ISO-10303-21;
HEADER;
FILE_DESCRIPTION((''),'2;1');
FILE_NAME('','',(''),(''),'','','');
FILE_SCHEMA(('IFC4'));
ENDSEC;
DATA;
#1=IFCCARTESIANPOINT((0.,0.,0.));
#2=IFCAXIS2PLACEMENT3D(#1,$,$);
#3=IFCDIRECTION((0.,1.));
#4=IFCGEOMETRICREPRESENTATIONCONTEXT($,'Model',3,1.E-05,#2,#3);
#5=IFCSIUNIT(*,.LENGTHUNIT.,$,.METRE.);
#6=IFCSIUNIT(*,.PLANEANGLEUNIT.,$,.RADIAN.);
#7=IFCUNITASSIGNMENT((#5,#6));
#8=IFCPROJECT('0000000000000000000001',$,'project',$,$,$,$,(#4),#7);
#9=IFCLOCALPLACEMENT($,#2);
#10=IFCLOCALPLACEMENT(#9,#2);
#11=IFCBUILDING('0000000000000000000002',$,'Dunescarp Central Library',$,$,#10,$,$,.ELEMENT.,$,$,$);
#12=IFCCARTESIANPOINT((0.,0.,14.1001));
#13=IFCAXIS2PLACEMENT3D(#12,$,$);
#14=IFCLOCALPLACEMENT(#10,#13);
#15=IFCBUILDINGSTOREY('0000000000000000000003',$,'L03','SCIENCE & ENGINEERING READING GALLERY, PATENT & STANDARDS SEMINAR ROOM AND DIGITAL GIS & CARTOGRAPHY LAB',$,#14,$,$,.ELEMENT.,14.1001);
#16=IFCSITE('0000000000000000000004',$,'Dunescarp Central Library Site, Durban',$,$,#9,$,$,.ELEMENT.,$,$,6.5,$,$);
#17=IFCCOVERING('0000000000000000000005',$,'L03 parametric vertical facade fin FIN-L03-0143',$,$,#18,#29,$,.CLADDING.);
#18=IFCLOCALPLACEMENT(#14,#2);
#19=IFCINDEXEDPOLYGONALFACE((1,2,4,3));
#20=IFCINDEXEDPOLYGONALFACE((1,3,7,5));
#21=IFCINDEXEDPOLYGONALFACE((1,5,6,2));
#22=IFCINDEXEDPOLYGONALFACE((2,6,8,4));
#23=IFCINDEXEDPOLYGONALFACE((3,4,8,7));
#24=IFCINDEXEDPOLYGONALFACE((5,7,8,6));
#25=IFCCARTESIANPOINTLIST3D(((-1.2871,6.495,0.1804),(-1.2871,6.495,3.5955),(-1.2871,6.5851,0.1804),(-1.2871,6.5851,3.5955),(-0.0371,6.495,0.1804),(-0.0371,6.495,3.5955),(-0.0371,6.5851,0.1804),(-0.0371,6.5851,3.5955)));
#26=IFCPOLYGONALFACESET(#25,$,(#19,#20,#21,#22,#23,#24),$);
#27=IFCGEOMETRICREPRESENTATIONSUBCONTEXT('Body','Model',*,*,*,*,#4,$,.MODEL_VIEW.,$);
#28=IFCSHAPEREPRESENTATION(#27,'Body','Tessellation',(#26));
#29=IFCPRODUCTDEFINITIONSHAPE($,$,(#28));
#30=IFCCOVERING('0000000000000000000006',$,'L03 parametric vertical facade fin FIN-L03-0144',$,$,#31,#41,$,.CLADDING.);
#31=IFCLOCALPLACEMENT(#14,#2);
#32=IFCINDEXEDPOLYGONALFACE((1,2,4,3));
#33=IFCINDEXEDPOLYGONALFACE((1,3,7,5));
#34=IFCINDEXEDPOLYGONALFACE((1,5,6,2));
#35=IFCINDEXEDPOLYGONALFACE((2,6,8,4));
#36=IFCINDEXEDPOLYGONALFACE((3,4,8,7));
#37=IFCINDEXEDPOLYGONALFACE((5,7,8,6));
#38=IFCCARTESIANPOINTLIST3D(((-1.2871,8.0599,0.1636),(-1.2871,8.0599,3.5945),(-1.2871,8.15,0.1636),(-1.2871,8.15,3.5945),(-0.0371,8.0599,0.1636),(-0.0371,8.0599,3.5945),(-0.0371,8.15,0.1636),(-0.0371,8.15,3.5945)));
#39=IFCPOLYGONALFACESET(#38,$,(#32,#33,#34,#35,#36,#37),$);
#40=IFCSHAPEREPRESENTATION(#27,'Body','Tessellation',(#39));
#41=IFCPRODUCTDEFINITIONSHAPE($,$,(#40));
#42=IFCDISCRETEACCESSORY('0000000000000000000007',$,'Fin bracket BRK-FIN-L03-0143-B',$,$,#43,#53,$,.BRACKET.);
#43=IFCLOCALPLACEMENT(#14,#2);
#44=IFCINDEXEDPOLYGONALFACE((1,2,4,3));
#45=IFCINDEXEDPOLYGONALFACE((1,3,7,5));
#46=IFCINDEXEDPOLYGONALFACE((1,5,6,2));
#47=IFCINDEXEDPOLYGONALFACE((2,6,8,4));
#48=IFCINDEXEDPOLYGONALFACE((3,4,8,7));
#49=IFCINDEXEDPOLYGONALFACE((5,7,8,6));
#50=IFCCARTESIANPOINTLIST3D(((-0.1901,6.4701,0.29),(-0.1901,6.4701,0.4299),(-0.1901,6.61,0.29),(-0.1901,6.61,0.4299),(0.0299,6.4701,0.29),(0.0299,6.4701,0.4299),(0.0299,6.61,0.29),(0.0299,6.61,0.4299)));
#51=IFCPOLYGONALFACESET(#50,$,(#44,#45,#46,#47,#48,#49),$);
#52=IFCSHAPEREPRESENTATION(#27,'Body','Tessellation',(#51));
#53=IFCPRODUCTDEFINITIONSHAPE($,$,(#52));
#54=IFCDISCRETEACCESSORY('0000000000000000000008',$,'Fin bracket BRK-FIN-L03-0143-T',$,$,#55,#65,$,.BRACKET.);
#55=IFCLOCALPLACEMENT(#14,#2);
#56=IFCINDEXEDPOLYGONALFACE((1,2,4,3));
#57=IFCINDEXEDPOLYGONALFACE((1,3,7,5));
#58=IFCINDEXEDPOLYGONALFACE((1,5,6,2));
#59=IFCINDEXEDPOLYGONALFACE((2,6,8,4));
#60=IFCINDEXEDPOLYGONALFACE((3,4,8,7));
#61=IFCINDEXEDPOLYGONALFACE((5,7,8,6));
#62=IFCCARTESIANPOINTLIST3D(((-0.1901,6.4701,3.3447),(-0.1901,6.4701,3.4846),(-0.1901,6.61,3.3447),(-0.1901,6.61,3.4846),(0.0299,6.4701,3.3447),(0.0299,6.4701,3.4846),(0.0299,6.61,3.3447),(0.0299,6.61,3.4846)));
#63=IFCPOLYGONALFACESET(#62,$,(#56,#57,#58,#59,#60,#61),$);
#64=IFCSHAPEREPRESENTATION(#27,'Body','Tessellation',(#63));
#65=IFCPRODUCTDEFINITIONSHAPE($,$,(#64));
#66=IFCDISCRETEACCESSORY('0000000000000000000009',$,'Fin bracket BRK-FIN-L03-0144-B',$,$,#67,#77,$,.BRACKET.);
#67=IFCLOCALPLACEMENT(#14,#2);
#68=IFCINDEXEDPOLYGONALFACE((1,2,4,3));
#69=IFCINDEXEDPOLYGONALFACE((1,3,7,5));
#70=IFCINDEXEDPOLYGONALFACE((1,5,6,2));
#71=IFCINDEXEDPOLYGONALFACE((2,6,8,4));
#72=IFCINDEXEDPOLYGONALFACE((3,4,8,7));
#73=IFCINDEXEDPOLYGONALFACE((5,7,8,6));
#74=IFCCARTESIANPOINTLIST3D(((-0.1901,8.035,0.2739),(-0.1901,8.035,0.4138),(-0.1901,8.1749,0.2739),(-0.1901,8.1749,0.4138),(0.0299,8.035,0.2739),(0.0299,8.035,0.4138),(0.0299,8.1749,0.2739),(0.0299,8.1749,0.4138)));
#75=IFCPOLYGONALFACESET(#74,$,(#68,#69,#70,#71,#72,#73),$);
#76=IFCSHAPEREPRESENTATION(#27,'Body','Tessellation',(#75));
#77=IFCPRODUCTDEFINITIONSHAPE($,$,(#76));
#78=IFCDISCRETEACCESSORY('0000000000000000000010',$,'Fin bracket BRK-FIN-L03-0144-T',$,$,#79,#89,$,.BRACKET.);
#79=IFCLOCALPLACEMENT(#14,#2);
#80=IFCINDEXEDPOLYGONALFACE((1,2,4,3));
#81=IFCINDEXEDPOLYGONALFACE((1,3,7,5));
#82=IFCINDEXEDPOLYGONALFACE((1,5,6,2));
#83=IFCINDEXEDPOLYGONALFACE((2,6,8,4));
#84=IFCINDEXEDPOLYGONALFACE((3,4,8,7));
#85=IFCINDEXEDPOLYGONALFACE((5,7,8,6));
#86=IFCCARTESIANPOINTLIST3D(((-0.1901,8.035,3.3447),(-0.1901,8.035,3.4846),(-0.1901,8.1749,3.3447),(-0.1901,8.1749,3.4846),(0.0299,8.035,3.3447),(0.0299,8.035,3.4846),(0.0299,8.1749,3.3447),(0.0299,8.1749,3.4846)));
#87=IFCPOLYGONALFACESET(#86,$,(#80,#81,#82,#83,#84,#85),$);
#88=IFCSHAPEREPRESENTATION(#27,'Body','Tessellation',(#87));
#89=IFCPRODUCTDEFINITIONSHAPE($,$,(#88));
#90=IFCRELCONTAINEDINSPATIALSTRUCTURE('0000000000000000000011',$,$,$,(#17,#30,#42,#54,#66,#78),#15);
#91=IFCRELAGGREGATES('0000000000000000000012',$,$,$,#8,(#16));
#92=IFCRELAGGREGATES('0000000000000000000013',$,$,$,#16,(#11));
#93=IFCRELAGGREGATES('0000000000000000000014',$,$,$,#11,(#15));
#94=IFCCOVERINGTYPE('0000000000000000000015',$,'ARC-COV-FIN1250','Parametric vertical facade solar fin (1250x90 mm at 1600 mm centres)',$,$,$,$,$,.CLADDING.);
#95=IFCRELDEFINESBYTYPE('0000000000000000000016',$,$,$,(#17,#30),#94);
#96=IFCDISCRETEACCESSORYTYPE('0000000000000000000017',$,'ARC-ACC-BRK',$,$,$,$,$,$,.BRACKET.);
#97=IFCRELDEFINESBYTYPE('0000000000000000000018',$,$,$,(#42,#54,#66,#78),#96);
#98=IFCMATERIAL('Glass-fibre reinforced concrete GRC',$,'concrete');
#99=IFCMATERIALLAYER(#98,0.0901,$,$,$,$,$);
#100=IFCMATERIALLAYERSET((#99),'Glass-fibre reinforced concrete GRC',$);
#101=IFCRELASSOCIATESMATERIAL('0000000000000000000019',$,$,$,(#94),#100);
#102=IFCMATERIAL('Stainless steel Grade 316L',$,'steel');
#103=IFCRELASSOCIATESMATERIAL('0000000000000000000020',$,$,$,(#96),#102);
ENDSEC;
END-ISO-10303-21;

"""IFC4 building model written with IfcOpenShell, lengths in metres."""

from ifc_helpers import new_model, si_unit, direction, frame, origin, origin_2d, place, context, subcontext, project, spatial, rectangle, extrude, material, layer, layer_set, type_object, element, save


model = new_model("IFC4")

# Units and contexts
model_context = context("Model", 3, precision=1e-05, world=origin(), true_north=direction((0.0, 1.0)))
body_context = subcontext(model_context, "Body", "Model", "MODEL_VIEW")
ifc_project = project(units=[si_unit("LENGTHUNIT", "METRE"), si_unit("PLANEANGLEUNIT", "RADIAN")], contexts=[model_context])

# Site, building, storey
site_placement = place(None, origin())
site = spatial("IfcSite", under=ifc_project, at=site_placement, Name="Dunescarp Central Library Site, Durban", CompositionType="ELEMENT", RefElevation=6.5)
building_placement = place(site_placement, origin())
building = spatial("IfcBuilding", under=site, at=building_placement, Name="Dunescarp Central Library", CompositionType="ELEMENT")
storey_placement = place(building_placement, frame((0.0, 0.0, 14.1001)))
storey = spatial("IfcBuildingStorey", under=building, at=storey_placement, Name="L03", Description="SCIENCE & ENGINEERING READING GALLERY, PATENT & STANDARDS SEMINAR ROOM AND DIGITAL GIS & CARTOGRAPHY LAB", CompositionType="ELEMENT", Elevation=14.1001)

# Coverings
ifc_material_1 = material(Name="Glass-fibre reinforced concrete GRC", Category="concrete")
ifc_layer_1 = layer(ifc_material_1, 0.0901)
ifc_layer_set_1 = layer_set([ifc_layer_1], Name="Glass-fibre reinforced concrete GRC")
covering_type = type_object("IfcCoveringType", Name="ARC-COV-FIN1250", Description="Parametric vertical facade solar fin (1250x90 mm at 1600 mm centres)", PredefinedType="CLADDING", material=ifc_layer_set_1)
covering_1_placement = place(storey_placement, frame((-0.6621, 6.54, 0.1804), z_axis=(0.0, 0.0, 1.0), x_axis=(-1.0, 0.0, 0.0)))
element("IfcCovering", 1, at=covering_1_placement, inside=storey, type_object=covering_type, Name="L03 parametric vertical facade fin FIN-L03-0143", PredefinedType="CLADDING", context=body_context, shape_type="SweptSolid", body=[
    extrude(rectangle(XDim=1.25, YDim=0.0901, at=origin_2d()), origin(), (0.0, 0.0, 1.0), 3.415),
])
covering_2_placement = place(storey_placement, frame((-0.6621, 8.105, 0.1636), z_axis=(0.0, 0.0, 1.0), x_axis=(-1.0, 0.0, 0.0)))
element("IfcCovering", 2, at=covering_2_placement, inside=storey, type_object=covering_type, Name="L03 parametric vertical facade fin FIN-L03-0144", PredefinedType="CLADDING", context=body_context, shape_type="SweptSolid", body=[
    extrude(rectangle(XDim=1.25, YDim=0.0901, at=origin_2d()), origin(), (0.0, 0.0, 1.0), 3.4309),
])

# Discrete accessories
ifc_material_2 = material(Name="Stainless steel Grade 316L", Category="steel")
discrete_accessory_type = type_object("IfcDiscreteAccessoryType", Name="ARC-ACC-BRK", PredefinedType="BRACKET", material=ifc_material_2)
for number, where, z_axis, x_axis, name in (
    (3, (-0.0801, 6.54, 0.29), (0.0, 0.0, 1.0), (-1.0, 0.0, 0.0), "Fin bracket BRK-FIN-L03-0143-B"),
    (4, (-0.0801, 6.54, 3.3447), (0.0, 0.0, 1.0), (-1.0, 0.0, 0.0), "Fin bracket BRK-FIN-L03-0143-T"),
    (5, (-0.0801, 8.105, 0.2739), (0.0, 0.0, 1.0), (-1.0, 0.0, 0.0), "Fin bracket BRK-FIN-L03-0144-B"),
    (6, (-0.0801, 8.105, 3.3447), (0.0, 0.0, 1.0), (-1.0, 0.0, 0.0), "Fin bracket BRK-FIN-L03-0144-T"),
):
    element("IfcDiscreteAccessory", number, at=place(storey_placement, frame(where, z_axis=z_axis, x_axis=x_axis)), inside=storey, type_object=discrete_accessory_type, Name=name, PredefinedType="BRACKET", context=body_context, shape_type="SweptSolid", body=[
        extrude(rectangle(XDim=0.22, YDim=0.1399, at=origin_2d()), origin(), (0.0, 0.0, 1.0), 0.1399),
    ])

save(model, "model.ifc")
